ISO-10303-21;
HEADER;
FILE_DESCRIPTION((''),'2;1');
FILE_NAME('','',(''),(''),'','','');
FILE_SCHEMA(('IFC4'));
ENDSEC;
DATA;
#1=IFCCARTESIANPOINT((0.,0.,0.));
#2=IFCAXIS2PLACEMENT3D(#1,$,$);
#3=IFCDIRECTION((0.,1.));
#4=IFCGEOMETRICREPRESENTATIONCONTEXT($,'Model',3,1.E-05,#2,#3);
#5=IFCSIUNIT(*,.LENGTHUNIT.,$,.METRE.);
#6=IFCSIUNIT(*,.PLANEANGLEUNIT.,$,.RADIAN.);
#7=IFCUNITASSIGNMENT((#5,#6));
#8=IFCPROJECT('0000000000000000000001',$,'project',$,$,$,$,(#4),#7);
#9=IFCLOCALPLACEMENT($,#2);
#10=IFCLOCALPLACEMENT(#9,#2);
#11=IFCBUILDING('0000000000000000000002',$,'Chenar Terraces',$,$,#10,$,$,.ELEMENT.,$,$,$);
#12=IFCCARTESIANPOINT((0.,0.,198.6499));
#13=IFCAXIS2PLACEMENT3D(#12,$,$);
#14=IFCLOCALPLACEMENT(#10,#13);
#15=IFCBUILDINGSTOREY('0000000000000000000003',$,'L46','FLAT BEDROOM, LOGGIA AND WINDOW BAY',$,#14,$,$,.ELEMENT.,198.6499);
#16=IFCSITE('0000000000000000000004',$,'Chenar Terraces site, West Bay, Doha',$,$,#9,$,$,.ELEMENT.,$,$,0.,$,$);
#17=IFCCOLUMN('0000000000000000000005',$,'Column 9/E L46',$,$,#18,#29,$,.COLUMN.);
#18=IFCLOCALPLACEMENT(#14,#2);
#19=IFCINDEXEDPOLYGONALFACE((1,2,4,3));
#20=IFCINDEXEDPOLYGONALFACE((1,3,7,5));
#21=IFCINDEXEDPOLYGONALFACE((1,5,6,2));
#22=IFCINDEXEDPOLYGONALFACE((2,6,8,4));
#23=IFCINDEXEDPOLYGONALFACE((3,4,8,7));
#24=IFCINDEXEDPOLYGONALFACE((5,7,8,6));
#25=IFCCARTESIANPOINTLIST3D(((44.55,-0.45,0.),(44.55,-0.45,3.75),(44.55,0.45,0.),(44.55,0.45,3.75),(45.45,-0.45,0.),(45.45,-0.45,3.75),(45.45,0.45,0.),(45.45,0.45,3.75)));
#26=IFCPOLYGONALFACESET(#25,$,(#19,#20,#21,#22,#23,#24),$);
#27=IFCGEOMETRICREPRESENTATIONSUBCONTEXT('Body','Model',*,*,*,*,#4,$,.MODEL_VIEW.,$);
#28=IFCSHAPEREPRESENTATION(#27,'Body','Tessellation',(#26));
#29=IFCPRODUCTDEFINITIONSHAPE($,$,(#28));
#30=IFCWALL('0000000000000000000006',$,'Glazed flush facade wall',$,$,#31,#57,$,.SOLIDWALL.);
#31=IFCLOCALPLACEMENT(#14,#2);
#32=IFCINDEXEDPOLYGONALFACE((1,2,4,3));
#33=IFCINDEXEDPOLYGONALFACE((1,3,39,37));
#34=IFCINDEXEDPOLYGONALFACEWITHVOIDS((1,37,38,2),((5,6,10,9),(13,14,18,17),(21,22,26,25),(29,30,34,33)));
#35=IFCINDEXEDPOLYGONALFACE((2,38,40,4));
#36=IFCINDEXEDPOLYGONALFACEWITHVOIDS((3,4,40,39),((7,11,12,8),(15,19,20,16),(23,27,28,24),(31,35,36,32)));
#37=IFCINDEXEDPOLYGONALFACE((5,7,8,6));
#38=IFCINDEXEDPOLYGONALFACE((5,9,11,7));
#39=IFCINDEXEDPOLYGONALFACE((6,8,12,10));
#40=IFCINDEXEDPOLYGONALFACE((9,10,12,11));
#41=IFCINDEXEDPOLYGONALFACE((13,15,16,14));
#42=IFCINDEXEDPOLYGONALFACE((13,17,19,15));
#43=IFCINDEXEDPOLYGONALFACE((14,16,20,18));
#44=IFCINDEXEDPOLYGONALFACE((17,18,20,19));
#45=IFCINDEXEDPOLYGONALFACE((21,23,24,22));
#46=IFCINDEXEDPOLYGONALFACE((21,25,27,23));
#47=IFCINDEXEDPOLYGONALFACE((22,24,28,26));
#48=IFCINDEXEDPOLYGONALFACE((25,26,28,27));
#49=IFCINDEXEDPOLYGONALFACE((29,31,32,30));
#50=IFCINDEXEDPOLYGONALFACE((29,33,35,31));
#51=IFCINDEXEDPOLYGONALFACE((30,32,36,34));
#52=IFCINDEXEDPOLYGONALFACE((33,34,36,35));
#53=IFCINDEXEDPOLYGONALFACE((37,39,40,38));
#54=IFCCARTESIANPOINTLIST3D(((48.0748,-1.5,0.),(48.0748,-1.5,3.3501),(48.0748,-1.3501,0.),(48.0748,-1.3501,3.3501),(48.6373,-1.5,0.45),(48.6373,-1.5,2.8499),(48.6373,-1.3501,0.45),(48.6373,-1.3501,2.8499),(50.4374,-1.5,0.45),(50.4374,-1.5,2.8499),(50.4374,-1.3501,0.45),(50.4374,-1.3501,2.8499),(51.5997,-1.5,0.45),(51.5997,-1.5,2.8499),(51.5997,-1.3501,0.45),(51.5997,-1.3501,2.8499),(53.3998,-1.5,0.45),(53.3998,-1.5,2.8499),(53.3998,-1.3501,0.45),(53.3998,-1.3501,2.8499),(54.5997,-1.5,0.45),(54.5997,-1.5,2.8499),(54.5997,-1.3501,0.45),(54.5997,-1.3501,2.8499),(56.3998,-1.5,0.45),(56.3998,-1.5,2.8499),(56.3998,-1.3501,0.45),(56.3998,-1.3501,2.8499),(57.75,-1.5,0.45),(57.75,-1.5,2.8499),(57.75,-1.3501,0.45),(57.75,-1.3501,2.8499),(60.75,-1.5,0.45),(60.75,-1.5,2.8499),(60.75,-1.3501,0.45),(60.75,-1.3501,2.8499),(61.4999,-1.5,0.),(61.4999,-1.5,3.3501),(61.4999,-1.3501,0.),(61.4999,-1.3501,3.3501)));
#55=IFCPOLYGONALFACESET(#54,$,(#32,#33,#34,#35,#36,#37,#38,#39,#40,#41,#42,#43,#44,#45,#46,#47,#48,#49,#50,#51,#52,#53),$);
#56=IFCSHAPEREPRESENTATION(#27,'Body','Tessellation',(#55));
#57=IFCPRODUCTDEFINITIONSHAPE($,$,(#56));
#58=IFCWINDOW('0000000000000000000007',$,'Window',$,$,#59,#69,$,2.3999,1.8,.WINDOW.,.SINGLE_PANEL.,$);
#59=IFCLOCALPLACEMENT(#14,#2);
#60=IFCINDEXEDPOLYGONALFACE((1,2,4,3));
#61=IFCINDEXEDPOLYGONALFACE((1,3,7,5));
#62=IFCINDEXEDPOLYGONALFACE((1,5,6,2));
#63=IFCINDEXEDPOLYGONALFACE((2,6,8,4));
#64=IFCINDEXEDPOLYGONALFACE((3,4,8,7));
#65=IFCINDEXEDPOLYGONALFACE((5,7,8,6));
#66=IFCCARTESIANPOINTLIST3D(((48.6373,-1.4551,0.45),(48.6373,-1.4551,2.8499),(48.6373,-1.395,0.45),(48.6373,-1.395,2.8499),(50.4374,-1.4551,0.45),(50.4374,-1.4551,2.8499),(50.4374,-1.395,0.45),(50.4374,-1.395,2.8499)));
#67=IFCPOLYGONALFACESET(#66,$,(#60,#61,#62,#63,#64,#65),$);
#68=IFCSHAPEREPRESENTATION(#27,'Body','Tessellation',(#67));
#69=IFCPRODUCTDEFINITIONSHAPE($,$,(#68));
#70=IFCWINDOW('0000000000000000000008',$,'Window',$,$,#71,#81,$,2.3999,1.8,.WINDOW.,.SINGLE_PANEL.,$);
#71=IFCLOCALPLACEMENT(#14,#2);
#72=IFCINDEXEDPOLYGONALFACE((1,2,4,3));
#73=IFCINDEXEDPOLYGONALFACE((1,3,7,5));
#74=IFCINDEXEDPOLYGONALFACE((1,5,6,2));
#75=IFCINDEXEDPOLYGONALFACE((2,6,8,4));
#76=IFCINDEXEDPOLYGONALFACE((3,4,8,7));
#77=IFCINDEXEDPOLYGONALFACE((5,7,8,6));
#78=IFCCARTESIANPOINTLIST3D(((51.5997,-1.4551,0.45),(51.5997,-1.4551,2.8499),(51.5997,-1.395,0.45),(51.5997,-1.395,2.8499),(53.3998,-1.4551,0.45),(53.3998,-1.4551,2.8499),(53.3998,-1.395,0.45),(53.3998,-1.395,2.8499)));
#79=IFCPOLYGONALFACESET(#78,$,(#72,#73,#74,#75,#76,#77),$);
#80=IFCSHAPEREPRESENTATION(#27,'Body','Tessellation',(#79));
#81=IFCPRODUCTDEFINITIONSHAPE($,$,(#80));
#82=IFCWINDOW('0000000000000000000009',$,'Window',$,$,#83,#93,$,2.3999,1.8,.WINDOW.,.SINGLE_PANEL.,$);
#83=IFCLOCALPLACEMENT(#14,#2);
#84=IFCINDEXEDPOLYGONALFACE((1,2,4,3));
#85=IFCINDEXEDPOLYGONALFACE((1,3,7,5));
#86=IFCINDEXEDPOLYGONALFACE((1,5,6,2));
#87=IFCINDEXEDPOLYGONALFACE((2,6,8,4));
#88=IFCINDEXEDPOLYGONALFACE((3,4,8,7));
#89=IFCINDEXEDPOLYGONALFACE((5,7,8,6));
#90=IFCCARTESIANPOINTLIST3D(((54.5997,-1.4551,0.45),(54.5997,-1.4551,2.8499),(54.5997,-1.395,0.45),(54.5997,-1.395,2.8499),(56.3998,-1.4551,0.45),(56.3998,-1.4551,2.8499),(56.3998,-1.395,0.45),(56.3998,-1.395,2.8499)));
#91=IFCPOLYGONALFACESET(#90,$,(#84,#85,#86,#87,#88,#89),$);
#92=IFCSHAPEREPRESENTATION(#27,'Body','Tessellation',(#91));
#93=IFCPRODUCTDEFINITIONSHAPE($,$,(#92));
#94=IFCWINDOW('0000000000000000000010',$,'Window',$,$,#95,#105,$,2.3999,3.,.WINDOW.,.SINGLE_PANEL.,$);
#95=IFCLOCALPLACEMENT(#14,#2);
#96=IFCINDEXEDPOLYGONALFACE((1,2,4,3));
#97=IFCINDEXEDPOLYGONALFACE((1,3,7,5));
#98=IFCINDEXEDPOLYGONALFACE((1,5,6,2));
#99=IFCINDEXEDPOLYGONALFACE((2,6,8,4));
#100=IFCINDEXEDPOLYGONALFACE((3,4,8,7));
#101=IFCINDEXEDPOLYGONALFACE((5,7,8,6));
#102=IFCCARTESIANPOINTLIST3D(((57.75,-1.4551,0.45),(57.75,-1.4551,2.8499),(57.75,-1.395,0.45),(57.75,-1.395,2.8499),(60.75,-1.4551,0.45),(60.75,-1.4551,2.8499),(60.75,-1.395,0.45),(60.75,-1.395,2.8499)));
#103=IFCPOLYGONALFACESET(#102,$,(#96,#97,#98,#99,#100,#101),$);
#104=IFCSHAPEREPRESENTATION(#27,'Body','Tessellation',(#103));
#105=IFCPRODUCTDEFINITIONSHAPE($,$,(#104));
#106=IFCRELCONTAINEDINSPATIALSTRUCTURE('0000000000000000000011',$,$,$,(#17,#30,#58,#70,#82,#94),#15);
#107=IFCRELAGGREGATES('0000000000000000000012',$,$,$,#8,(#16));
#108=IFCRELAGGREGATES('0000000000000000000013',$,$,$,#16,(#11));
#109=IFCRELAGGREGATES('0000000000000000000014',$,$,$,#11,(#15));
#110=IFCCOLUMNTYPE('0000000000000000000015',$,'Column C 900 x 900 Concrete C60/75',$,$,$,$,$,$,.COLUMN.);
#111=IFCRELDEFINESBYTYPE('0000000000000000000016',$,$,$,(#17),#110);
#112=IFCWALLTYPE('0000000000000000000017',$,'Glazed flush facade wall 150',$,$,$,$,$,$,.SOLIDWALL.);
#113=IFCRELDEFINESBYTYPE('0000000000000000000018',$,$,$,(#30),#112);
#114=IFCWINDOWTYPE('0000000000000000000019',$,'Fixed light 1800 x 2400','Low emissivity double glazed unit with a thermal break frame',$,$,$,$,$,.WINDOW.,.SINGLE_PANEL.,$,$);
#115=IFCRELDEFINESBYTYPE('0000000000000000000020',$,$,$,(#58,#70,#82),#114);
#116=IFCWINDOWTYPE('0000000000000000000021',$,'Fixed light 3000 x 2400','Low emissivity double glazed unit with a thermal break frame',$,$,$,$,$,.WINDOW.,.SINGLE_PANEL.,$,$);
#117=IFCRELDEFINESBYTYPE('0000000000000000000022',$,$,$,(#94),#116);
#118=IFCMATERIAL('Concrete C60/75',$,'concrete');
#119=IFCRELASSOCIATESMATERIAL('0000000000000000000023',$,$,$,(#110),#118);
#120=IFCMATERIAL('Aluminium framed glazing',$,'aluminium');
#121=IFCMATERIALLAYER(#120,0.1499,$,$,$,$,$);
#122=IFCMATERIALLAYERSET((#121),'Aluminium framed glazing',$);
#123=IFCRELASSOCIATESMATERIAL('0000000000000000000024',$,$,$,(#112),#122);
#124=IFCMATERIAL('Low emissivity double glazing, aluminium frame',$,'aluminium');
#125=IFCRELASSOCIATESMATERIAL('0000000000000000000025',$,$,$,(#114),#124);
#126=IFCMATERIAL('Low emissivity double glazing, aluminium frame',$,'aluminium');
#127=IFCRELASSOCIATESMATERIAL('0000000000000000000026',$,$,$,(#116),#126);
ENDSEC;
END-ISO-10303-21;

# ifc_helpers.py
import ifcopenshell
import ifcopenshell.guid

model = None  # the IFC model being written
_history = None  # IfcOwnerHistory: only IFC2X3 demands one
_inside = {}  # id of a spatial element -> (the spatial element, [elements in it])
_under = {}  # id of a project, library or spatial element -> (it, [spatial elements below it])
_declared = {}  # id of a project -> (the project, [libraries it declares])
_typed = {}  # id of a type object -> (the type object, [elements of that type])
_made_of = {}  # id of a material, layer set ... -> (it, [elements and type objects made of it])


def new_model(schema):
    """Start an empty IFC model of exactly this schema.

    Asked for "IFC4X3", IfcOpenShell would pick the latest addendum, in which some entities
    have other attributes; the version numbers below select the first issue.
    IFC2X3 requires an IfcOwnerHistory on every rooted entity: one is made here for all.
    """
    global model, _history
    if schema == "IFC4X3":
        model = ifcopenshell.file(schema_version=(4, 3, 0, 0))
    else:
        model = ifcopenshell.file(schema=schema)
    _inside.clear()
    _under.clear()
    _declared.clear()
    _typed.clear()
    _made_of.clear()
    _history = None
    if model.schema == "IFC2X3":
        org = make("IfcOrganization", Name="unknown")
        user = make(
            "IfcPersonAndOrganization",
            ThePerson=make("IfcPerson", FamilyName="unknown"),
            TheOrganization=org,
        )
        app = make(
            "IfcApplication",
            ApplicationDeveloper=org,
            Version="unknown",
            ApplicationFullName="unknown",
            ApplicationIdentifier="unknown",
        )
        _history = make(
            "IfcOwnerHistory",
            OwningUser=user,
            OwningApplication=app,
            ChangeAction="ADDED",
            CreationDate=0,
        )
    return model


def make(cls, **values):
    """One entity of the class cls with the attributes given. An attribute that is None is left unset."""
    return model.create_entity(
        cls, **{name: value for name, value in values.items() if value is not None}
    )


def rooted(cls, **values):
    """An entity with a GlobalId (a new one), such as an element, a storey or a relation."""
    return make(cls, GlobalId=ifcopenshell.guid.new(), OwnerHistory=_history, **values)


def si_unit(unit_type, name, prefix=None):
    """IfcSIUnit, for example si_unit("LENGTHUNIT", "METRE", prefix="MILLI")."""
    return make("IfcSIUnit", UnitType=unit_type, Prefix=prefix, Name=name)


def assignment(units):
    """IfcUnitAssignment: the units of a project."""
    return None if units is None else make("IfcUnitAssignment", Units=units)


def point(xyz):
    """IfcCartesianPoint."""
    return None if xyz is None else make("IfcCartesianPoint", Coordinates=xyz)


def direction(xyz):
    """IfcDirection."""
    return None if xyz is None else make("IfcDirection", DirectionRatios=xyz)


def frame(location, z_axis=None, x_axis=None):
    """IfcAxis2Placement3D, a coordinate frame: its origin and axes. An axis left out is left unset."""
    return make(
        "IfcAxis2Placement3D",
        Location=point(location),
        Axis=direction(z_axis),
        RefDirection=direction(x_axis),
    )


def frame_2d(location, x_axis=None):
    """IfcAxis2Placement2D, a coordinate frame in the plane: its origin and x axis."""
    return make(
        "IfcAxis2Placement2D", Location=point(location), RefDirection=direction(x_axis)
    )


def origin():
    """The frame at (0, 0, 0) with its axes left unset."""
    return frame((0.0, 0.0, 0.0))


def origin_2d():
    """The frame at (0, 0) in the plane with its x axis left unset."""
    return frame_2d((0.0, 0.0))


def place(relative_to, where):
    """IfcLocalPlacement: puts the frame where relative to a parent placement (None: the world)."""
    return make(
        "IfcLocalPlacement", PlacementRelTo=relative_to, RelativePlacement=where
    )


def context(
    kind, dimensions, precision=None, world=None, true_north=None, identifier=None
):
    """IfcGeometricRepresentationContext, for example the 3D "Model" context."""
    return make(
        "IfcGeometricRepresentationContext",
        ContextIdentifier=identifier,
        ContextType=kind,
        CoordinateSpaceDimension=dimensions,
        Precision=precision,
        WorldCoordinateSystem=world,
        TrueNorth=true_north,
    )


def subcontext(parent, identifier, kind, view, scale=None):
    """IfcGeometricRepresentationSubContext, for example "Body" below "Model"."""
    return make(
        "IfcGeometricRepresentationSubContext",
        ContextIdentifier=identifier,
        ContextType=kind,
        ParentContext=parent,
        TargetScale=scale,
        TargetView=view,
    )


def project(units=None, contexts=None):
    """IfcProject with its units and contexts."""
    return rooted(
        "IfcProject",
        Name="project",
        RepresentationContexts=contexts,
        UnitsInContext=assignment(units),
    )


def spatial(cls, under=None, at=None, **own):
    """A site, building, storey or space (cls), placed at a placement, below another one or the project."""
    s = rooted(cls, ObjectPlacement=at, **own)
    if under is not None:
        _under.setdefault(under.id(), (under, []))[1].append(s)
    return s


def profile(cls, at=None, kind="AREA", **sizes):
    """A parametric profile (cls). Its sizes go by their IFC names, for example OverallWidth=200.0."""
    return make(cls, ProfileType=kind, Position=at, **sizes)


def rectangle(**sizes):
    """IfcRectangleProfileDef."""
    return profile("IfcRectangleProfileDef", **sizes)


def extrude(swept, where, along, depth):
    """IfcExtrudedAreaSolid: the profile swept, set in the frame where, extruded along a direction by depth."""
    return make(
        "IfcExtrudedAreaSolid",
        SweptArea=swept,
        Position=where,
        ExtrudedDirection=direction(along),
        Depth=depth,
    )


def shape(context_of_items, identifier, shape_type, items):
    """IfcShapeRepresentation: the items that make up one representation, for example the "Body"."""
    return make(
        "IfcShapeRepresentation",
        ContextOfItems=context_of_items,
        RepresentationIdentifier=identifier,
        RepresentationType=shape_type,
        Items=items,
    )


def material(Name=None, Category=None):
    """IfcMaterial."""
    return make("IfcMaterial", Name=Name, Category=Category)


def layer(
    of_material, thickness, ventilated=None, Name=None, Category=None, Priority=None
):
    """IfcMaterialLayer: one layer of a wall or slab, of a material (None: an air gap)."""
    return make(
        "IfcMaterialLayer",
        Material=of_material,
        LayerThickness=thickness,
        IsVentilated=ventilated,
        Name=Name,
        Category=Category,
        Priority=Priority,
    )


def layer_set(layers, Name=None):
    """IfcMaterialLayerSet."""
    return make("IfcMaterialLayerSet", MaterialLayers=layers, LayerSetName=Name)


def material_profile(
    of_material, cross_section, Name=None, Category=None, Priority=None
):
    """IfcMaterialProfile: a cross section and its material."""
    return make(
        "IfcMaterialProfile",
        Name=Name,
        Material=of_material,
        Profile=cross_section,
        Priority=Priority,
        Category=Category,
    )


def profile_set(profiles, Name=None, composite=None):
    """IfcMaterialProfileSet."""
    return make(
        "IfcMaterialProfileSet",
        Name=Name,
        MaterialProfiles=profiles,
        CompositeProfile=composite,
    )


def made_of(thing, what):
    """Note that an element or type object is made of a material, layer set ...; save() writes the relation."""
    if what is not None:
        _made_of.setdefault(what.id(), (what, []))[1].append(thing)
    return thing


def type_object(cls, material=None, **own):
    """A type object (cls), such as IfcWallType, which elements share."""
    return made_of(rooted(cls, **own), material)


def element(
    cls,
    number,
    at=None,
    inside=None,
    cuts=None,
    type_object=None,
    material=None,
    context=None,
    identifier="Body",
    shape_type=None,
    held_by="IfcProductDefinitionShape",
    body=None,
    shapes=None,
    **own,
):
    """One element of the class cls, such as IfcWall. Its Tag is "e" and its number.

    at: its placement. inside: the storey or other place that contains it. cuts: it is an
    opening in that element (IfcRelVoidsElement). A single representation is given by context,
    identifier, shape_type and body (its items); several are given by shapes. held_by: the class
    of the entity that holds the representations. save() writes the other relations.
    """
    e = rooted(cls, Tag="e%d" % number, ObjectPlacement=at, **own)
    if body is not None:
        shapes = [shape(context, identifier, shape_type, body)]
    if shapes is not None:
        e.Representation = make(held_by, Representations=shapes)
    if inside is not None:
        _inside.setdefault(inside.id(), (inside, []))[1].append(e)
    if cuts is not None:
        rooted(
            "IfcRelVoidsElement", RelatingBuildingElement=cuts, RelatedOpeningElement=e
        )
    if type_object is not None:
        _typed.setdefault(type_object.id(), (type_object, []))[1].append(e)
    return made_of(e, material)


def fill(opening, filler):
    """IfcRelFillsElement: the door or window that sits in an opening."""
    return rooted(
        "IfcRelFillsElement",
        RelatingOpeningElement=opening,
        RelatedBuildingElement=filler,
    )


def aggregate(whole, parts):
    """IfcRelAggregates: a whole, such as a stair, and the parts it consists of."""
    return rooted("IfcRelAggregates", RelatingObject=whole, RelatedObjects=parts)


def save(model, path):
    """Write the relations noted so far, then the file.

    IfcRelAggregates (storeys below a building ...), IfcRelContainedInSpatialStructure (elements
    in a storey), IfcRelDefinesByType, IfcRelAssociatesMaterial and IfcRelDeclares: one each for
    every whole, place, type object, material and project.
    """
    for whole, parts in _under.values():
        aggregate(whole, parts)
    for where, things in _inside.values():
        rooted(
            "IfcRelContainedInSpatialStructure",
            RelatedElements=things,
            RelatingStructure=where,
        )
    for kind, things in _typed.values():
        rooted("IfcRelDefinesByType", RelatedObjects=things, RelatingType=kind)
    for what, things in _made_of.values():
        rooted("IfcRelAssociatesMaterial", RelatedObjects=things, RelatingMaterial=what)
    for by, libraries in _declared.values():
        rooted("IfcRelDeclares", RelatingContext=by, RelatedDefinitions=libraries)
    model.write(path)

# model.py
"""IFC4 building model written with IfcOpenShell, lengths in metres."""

from ifc_helpers import new_model, si_unit, direction, frame, frame_2d, origin, origin_2d, place, context, subcontext, project, spatial, rectangle, extrude, material, layer, layer_set, material_profile, profile_set, type_object, element, fill, save


model = new_model("IFC4")

# Units and contexts
model_context = context("Model", 3, precision=1e-05, world=origin(), true_north=direction((0.0, 1.0)))
body_context = subcontext(model_context, "Body", "Model", "MODEL_VIEW")
ifc_project = project(units=[si_unit("LENGTHUNIT", "METRE"), si_unit("PLANEANGLEUNIT", "RADIAN")], contexts=[model_context])

# Site, building, storey
site_placement = place(None, origin())
site = spatial("IfcSite", under=ifc_project, at=site_placement, Name="Chenar Terraces site, West Bay, Doha", CompositionType="ELEMENT", RefElevation=0.0)
building_placement = place(site_placement, origin())
building = spatial("IfcBuilding", under=site, at=building_placement, Name="Chenar Terraces", CompositionType="ELEMENT")
storey_placement = place(building_placement, frame((0.0, 0.0, 198.6499)))
storey = spatial("IfcBuildingStorey", under=building, at=storey_placement, Name="L46", Description="FLAT BEDROOM, LOGGIA AND WINDOW BAY", CompositionType="ELEMENT", Elevation=198.6499)

# Column
ifc_material_1 = material(Name="Concrete C60/75", Category="concrete")
ifc_material_profile = material_profile(ifc_material_1, rectangle(XDim=0.8999, YDim=0.8999, at=origin_2d()), Name="C 900 x 900")
ifc_profile_set = profile_set([ifc_material_profile], Name="Concrete C60/75")
column_type = type_object("IfcColumnType", Name="Column C 900 x 900 Concrete C60/75", PredefinedType="COLUMN", material=ifc_profile_set)
column_placement = place(storey_placement, frame((45.0, 0.0, 0.0), z_axis=(0.0, 0.0, 1.0), x_axis=(1.0, 0.0, 0.0)))
element("IfcColumn", 1, at=column_placement, inside=storey, type_object=column_type, Name="Column 9/E L46", PredefinedType="COLUMN", context=body_context, shape_type="SweptSolid", body=[
    extrude(rectangle(XDim=0.8999, YDim=0.8999, at=origin_2d()), origin(), (0.0, 0.0, 1.0), 3.75),
])

# Wall, openings, windows
ifc_material_2 = material(Name="Aluminium framed glazing", Category="aluminium")
ifc_layer_1 = layer(ifc_material_2, 0.1499)
ifc_layer_set_1 = layer_set([ifc_layer_1], Name="Aluminium framed glazing")
wall_type_1 = type_object("IfcWallType", Name="Glazed flush facade wall 150", PredefinedType="SOLIDWALL", material=ifc_layer_set_1)
wall_1_placement = place(storey_placement, frame((48.075, -1.425, 0.0), z_axis=(0.0, 0.0, 1.0), x_axis=(1.0, 0.0, 0.0)))
wall_1 = element("IfcWall", 2, at=wall_1_placement, inside=storey, type_object=wall_type_1, Name="Glazed flush facade wall", PredefinedType="SOLIDWALL", context=body_context, shape_type="SweptSolid", body=[
    extrude(rectangle(XDim=13.425, YDim=0.1499, at=frame_2d((6.7124, 0.0))), origin(), (0.0, 0.0, 1.0), 3.3501),
])
opening_1_placement = place(wall_1_placement, frame((0.5625, 0.0, 0.45)))
opening_1 = element("IfcOpeningElement", 3, at=opening_1_placement, cuts=wall_1, PredefinedType="OPENING", context=body_context, shape_type="SweptSolid", body=[
    extrude(rectangle(XDim=1.8, YDim=2.3999, at=frame_2d((0.8999, 1.2))), frame((0.0, 0.085, 0.0), z_axis=(0.0, -1.0, 0.0), x_axis=(1.0, 0.0, 0.0)), (0.0, 0.0, 1.0), 0.1699),
])
opening_2_placement = place(wall_1_placement, frame((3.5249, 0.0, 0.45)))
opening_2 = element("IfcOpeningElement", 4, at=opening_2_placement, cuts=wall_1, PredefinedType="OPENING", context=body_context, shape_type="SweptSolid", body=[
    extrude(rectangle(XDim=1.8, YDim=2.3999, at=frame_2d((0.8999, 1.2))), frame((0.0, 0.085, 0.0), z_axis=(0.0, -1.0, 0.0), x_axis=(1.0, 0.0, 0.0)), (0.0, 0.0, 1.0), 0.1699),
])
opening_3_placement = place(wall_1_placement, frame((6.5249, 0.0, 0.45)))
opening_3 = element("IfcOpeningElement", 5, at=opening_3_placement, cuts=wall_1, PredefinedType="OPENING", context=body_context, shape_type="SweptSolid", body=[
    extrude(rectangle(XDim=1.8, YDim=2.3999, at=frame_2d((0.8999, 1.2))), frame((0.0, 0.085, 0.0), z_axis=(0.0, -1.0, 0.0), x_axis=(1.0, 0.0, 0.0)), (0.0, 0.0, 1.0), 0.1699),
])
opening_4_placement = place(wall_1_placement, frame((9.675, 0.0, 0.45)))
opening_4 = element("IfcOpeningElement", 6, at=opening_4_placement, cuts=wall_1, PredefinedType="OPENING", context=body_context, shape_type="SweptSolid", body=[
    extrude(rectangle(XDim=3.0, YDim=2.3999, at=frame_2d((1.5, 1.2))), frame((0.0, 0.085, 0.0), z_axis=(0.0, -1.0, 0.0), x_axis=(1.0, 0.0, 0.0)), (0.0, 0.0, 1.0), 0.1699),
])
ifc_material_3 = material(Name="Low emissivity double glazing, aluminium frame", Category="aluminium")
window_type_1 = type_object("IfcWindowType", Name="Fixed light 1800 x 2400", Description="Low emissivity double glazed unit with a thermal break frame", PartitioningType="SINGLE_PANEL", PredefinedType="WINDOW", material=ifc_material_3)
window_1_placement = place(opening_1_placement, origin())
window_1 = element("IfcWindow", 7, at=window_1_placement, inside=storey, type_object=window_type_1, Name="Window", OverallHeight=2.3999, OverallWidth=1.8, PartitioningType="SINGLE_PANEL", PredefinedType="WINDOW", context=body_context, shape_type="SweptSolid", body=[
    extrude(rectangle(XDim=1.8, YDim=2.3999, at=frame_2d((0.8999, 1.2))), frame((0.0, 0.03, 0.0), z_axis=(0.0, -1.0, 0.0), x_axis=(1.0, 0.0, 0.0)), (0.0, 0.0, 1.0), 0.0601),
])
fill(opening_1, window_1)
window_2_placement = place(opening_2_placement, origin())
window_2 = element("IfcWindow", 8, at=window_2_placement, inside=storey, type_object=window_type_1, Name="Window", OverallHeight=2.3999, OverallWidth=1.8, PartitioningType="SINGLE_PANEL", PredefinedType="WINDOW", context=body_context, shape_type="SweptSolid", body=[
    extrude(rectangle(XDim=1.8, YDim=2.3999, at=frame_2d((0.8999, 1.2))), frame((0.0, 0.03, 0.0), z_axis=(0.0, -1.0, 0.0), x_axis=(1.0, 0.0, 0.0)), (0.0, 0.0, 1.0), 0.0601),
])
fill(opening_2, window_2)
window_3_placement = place(opening_3_placement, origin())
window_3 = element("IfcWindow", 9, at=window_3_placement, inside=storey, type_object=window_type_1, Name="Window", OverallHeight=2.3999, OverallWidth=1.8, PartitioningType="SINGLE_PANEL", PredefinedType="WINDOW", context=body_context, shape_type="SweptSolid", body=[
    extrude(rectangle(XDim=1.8, YDim=2.3999, at=frame_2d((0.8999, 1.2))), frame((0.0, 0.03, 0.0), z_axis=(0.0, -1.0, 0.0), x_axis=(1.0, 0.0, 0.0)), (0.0, 0.0, 1.0), 0.0601),
])
fill(opening_3, window_3)
ifc_material_4 = material(Name="Low emissivity double glazing, aluminium frame", Category="aluminium")
window_type_2 = type_object("IfcWindowType", Name="Fixed light 3000 x 2400", Description="Low emissivity double glazed unit with a thermal break frame", PartitioningType="SINGLE_PANEL", PredefinedType="WINDOW", material=ifc_material_4)
window_4_placement = place(opening_4_placement, origin())
window_4 = element("IfcWindow", 10, at=window_4_placement, inside=storey, type_object=window_type_2, Name="Window", OverallHeight=2.3999, OverallWidth=3.0, PartitioningType="SINGLE_PANEL", PredefinedType="WINDOW", context=body_context, shape_type="SweptSolid", body=[
    extrude(rectangle(XDim=3.0, YDim=2.3999, at=frame_2d((1.5, 1.2))), frame((0.0, 0.03, 0.0), z_axis=(0.0, -1.0, 0.0), x_axis=(1.0, 0.0, 0.0)), (0.0, 0.0, 1.0), 0.0601),
])
fill(opening_4, window_4)

save(model, "model.ifc")
